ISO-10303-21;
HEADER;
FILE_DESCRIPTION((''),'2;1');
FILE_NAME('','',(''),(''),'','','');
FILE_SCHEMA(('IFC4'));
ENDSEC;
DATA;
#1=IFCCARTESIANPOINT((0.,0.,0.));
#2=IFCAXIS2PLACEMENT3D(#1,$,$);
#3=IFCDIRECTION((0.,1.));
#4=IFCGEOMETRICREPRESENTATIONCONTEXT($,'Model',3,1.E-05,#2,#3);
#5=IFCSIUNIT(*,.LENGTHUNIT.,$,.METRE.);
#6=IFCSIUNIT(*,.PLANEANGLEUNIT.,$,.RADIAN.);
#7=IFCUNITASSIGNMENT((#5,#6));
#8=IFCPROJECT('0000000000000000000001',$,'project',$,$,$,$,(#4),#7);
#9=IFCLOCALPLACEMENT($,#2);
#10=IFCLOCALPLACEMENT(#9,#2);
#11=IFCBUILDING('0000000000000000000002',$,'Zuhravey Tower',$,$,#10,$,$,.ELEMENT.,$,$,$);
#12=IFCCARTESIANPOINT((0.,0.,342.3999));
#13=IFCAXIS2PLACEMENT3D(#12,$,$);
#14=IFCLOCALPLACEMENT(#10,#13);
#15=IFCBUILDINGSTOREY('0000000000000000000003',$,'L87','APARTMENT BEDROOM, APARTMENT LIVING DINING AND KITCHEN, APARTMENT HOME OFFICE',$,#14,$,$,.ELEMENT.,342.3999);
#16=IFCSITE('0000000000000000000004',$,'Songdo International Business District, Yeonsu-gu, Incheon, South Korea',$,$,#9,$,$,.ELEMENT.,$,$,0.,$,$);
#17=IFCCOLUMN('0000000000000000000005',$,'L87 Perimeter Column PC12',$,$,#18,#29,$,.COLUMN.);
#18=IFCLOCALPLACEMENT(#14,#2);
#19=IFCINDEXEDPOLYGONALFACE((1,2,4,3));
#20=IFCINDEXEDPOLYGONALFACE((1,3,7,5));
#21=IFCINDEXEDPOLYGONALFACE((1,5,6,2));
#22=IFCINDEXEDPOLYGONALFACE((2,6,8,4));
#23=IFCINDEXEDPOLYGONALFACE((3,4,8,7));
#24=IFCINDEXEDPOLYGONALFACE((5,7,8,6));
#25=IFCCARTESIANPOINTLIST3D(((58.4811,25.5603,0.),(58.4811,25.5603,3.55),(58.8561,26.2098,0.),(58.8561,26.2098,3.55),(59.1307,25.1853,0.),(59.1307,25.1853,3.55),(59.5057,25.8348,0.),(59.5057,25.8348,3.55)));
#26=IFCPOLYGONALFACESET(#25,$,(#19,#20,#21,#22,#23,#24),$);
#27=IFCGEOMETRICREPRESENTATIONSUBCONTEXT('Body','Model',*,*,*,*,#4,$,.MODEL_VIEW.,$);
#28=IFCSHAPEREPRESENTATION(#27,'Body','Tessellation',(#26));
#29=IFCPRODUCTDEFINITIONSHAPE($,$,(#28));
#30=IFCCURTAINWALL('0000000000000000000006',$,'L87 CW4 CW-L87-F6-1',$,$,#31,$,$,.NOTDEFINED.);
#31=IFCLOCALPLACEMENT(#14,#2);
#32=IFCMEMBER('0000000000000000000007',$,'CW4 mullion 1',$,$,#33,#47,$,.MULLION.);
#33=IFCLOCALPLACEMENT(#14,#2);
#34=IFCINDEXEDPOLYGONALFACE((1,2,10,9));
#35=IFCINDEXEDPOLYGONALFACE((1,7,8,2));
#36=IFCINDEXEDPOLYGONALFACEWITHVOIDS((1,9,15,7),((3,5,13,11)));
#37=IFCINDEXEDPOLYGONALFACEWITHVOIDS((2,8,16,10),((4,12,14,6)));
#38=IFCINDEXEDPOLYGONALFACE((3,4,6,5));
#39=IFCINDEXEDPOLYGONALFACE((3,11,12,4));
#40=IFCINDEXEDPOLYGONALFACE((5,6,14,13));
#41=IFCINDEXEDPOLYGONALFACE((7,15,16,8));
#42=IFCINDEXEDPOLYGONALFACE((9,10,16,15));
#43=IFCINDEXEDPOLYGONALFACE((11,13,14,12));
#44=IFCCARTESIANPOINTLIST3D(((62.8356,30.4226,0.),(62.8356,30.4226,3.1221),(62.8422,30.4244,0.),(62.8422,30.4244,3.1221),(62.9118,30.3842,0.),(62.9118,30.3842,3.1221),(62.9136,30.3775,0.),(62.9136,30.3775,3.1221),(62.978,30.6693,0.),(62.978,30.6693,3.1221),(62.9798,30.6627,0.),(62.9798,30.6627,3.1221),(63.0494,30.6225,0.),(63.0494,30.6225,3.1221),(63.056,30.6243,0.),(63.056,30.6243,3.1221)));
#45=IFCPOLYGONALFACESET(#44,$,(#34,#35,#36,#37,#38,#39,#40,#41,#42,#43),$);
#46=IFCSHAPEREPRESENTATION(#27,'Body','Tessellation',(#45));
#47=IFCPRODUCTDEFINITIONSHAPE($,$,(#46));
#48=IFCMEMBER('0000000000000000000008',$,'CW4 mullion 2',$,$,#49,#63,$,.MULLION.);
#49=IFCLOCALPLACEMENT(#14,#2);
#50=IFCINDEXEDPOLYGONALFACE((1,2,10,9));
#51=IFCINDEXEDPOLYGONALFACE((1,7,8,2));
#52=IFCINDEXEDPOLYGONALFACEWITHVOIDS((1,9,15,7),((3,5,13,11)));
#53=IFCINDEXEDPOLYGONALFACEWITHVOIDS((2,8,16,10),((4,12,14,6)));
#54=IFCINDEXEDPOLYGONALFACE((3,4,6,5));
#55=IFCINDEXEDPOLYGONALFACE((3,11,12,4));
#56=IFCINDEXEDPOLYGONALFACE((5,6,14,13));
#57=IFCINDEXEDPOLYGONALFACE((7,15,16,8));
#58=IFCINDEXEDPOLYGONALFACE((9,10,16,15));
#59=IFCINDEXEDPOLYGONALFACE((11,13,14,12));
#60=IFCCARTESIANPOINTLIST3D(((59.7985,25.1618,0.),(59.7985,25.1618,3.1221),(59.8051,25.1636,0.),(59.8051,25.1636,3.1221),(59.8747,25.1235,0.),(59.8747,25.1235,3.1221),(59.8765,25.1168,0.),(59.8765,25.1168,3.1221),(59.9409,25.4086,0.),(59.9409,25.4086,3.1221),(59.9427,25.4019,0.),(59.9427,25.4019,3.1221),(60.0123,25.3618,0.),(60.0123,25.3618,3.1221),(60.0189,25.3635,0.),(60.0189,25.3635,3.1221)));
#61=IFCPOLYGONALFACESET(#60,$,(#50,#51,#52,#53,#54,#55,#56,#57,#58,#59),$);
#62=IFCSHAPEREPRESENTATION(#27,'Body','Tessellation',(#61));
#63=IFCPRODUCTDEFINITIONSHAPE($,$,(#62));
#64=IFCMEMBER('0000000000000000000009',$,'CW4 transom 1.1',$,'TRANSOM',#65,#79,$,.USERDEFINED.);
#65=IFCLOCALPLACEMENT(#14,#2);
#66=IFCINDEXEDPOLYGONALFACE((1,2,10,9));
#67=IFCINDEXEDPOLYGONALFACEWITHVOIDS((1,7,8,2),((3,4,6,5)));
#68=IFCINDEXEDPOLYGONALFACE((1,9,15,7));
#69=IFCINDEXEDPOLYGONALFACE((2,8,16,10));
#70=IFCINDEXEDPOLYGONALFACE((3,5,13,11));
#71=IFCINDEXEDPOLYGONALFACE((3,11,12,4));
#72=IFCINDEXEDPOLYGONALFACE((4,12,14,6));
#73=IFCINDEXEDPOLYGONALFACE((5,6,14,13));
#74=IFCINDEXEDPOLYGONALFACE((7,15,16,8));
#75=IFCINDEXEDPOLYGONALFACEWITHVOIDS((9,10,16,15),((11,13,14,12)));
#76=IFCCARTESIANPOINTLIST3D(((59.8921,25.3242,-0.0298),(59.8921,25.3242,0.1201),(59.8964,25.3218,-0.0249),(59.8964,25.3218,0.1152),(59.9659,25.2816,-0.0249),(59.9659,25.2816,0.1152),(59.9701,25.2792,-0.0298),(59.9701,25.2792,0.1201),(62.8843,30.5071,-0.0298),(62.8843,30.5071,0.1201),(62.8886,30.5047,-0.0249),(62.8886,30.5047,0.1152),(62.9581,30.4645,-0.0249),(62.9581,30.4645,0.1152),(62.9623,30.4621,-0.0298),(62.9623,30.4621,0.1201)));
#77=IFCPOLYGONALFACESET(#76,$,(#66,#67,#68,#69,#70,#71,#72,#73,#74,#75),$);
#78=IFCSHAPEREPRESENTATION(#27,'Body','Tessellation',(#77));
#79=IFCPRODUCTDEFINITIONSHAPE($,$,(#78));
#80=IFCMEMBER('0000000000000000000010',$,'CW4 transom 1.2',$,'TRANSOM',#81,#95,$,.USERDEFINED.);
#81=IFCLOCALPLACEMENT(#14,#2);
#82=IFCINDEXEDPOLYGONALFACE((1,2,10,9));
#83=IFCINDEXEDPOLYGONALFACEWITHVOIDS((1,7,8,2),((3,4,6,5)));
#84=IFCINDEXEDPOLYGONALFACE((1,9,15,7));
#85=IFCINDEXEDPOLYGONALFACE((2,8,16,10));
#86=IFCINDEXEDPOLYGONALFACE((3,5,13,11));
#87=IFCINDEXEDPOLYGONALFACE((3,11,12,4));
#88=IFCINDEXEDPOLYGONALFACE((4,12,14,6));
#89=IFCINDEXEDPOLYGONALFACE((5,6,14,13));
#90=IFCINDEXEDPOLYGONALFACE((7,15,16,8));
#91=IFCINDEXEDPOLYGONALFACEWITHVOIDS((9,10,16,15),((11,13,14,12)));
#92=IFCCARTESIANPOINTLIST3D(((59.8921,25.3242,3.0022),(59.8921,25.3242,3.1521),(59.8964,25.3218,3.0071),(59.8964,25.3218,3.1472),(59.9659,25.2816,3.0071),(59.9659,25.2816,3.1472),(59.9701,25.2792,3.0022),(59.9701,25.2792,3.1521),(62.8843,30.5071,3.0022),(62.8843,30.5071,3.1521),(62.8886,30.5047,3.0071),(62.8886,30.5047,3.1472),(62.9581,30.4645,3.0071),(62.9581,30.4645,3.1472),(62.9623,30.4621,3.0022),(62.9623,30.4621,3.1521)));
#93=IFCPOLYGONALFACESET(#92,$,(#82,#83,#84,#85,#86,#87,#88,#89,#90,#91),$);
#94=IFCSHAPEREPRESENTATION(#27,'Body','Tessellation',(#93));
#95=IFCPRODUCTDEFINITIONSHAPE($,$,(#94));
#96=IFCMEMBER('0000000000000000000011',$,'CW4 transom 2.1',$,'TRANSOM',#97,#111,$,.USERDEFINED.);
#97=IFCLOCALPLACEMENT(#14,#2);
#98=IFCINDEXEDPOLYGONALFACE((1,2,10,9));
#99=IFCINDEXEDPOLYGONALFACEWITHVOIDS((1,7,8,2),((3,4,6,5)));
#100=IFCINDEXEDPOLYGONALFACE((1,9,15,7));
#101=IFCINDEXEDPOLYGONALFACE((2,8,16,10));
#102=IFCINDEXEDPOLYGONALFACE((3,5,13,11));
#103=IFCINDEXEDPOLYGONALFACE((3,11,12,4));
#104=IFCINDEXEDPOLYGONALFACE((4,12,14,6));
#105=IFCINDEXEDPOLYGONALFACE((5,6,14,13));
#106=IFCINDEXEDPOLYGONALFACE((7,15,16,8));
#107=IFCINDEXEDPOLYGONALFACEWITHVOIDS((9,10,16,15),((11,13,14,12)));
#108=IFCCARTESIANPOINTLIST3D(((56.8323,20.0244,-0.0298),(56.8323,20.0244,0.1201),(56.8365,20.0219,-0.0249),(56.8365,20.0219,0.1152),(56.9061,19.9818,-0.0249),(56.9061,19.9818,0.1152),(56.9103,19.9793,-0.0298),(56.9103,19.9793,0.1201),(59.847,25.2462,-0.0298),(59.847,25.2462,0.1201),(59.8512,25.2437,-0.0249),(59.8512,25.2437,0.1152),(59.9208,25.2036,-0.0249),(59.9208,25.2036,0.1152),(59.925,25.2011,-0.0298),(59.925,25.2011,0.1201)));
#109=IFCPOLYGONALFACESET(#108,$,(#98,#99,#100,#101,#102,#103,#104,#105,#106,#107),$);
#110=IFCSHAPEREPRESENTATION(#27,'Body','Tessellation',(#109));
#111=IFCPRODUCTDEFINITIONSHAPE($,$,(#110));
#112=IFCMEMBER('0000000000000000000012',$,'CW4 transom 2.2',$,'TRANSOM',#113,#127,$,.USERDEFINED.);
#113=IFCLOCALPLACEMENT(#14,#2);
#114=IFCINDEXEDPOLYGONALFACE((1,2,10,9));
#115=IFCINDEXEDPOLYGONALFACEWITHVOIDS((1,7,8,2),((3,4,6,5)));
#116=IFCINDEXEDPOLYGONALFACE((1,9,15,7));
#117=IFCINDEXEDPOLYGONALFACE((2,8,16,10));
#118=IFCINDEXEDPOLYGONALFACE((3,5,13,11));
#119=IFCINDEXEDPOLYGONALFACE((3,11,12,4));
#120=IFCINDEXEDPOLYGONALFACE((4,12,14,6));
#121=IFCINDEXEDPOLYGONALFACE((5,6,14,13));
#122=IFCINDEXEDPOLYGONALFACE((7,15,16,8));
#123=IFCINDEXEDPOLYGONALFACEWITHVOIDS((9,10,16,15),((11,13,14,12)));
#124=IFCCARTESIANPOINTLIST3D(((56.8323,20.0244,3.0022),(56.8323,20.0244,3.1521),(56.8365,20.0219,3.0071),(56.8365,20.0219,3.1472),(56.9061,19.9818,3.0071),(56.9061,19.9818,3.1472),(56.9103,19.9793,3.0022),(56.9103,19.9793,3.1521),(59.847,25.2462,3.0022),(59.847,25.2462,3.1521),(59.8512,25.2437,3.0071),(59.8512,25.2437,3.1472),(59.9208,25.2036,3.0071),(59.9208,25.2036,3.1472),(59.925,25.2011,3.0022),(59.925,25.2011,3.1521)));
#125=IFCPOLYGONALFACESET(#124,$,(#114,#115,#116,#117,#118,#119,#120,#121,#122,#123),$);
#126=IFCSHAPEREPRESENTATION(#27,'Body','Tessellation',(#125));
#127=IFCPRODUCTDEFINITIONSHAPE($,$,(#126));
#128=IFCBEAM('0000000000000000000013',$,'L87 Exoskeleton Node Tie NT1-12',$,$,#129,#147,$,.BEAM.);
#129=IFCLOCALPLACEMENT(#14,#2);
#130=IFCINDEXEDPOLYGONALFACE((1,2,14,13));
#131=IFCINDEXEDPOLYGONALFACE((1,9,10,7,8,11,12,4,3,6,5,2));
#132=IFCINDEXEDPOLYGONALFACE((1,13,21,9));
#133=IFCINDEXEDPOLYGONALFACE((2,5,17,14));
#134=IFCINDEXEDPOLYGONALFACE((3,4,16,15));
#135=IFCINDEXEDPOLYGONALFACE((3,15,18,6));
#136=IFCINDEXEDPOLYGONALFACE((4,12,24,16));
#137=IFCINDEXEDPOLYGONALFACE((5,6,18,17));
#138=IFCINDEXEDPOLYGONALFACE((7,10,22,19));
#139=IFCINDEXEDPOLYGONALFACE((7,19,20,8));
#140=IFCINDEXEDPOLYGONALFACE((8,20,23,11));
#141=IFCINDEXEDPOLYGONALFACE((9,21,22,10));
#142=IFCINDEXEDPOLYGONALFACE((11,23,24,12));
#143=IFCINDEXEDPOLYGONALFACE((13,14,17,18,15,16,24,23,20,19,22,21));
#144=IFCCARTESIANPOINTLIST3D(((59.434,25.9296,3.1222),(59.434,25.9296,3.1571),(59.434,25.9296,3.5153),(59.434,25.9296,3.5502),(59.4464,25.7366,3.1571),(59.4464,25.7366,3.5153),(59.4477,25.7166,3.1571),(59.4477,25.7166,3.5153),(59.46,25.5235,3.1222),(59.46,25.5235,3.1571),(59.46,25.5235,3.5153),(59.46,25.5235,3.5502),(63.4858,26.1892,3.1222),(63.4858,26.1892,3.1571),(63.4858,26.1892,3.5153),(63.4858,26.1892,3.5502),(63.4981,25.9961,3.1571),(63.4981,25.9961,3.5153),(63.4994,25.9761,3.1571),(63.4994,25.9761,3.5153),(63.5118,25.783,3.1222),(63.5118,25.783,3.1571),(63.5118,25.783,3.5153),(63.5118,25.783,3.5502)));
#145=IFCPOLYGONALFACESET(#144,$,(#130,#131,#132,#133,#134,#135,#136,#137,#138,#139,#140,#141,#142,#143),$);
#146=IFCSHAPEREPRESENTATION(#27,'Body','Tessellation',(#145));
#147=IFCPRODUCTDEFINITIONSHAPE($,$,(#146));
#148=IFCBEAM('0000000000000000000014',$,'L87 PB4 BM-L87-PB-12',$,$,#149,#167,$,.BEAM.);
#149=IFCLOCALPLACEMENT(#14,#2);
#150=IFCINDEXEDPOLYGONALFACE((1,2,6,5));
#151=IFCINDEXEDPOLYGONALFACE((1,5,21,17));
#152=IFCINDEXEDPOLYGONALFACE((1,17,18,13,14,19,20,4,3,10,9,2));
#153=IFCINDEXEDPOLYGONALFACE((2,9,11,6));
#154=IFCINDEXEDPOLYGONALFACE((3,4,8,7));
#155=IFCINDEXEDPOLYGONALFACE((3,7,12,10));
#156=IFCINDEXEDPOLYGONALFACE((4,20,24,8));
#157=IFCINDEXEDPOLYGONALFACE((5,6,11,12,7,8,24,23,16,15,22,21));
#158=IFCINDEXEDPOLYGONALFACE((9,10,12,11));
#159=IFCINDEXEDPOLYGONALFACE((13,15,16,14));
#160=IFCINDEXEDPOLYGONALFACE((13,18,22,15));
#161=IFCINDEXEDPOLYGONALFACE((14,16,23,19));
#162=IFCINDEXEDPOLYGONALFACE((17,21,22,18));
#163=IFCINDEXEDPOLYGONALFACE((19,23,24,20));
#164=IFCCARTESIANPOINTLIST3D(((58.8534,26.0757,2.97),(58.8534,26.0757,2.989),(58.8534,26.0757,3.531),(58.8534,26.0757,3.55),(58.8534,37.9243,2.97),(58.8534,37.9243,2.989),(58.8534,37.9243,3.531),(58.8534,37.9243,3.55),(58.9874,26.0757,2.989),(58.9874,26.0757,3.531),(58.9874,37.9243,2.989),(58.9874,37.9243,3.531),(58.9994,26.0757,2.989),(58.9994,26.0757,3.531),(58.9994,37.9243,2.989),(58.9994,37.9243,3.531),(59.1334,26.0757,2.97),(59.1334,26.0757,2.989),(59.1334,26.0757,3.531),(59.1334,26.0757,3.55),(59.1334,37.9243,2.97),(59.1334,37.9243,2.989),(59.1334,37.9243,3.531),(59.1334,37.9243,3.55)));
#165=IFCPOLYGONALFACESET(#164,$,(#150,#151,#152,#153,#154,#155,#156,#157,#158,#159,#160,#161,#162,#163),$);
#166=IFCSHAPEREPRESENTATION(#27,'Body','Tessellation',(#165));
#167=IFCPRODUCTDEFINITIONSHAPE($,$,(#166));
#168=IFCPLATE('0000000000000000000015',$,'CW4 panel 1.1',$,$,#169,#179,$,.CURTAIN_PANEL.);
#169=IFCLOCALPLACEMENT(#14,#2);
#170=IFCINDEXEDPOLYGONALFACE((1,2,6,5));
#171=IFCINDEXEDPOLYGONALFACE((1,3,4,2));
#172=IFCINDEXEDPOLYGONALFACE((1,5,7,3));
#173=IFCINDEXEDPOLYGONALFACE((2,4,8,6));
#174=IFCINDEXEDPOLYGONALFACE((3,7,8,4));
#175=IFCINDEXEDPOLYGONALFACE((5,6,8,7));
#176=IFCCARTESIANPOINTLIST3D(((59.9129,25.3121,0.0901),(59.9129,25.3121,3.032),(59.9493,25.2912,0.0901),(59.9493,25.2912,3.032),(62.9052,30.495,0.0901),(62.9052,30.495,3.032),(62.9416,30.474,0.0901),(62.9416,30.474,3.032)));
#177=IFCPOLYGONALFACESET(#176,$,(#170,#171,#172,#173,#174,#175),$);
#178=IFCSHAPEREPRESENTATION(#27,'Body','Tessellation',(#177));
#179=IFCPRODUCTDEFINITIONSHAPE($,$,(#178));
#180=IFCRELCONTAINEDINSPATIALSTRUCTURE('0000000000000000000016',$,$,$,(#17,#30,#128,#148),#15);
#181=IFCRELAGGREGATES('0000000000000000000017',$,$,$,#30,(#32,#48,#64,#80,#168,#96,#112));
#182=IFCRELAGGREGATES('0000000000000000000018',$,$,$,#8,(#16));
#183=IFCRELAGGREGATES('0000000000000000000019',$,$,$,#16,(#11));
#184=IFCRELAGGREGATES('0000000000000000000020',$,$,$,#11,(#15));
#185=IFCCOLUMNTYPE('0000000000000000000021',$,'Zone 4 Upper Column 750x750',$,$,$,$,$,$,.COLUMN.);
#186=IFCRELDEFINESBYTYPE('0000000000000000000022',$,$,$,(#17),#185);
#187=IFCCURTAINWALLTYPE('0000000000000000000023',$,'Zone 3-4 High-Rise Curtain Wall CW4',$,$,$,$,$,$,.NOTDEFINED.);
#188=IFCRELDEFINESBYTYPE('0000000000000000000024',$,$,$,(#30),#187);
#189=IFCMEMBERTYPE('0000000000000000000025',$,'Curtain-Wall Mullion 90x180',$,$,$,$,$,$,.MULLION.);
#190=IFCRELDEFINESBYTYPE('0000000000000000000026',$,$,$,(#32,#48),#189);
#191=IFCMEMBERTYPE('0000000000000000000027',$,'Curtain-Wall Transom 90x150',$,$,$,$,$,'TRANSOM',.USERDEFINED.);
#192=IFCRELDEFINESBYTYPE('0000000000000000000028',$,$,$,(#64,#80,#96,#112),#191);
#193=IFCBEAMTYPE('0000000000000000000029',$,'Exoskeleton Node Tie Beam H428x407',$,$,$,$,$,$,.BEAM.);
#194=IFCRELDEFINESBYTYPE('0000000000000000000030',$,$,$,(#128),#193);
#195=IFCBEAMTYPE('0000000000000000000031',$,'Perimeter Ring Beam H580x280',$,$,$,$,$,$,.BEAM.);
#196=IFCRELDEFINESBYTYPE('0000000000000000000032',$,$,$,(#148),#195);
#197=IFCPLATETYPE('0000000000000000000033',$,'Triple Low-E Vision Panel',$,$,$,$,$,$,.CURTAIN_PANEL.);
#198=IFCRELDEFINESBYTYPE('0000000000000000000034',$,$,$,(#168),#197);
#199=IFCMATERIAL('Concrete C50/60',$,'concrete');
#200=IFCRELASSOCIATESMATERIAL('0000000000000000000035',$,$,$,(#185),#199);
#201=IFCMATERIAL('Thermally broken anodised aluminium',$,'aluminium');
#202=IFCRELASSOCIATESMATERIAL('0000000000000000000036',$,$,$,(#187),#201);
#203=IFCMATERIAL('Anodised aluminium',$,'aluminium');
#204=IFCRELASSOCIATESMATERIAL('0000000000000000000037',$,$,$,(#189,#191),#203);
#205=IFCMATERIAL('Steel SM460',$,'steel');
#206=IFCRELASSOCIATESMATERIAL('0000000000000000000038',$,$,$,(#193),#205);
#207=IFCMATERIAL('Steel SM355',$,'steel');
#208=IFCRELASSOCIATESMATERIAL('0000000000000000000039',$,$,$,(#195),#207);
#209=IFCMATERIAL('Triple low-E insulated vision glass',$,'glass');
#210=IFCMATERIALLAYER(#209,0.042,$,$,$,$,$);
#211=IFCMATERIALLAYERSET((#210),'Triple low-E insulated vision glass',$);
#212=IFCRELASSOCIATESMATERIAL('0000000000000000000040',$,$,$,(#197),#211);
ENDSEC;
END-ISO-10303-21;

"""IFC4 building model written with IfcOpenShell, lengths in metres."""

from ifc_helpers import new_model, si_unit, direction, frame, origin, origin_2d, place, context, subcontext, project, spatial, rectangle, hollow_rectangle, i_section, extrude, material, layer, layer_set, material_profile, profile_set, type_object, element, aggregate, save


model = new_model("IFC4")

# Units and contexts
model_context = context("Model", 3, precision=1e-05, world=origin(), true_north=direction((0.0, 1.0)))
body_context = subcontext(model_context, "Body", "Model", "MODEL_VIEW")
ifc_project = project(units=[si_unit("LENGTHUNIT", "METRE"), si_unit("PLANEANGLEUNIT", "RADIAN")], contexts=[model_context])

# Site, building, storey
site_placement = place(None, origin())
site = spatial("IfcSite", under=ifc_project, at=site_placement, Name="Songdo International Business District, Yeonsu-gu, Incheon, South Korea", CompositionType="ELEMENT", RefElevation=0.0)
building_placement = place(site_placement, origin())
building = spatial("IfcBuilding", under=site, at=building_placement, Name="Zuhravey Tower", CompositionType="ELEMENT")
storey_placement = place(building_placement, frame((0.0, 0.0, 342.3999)))
storey = spatial("IfcBuildingStorey", under=building, at=storey_placement, Name="L87", Description="APARTMENT BEDROOM, APARTMENT LIVING DINING AND KITCHEN, APARTMENT HOME OFFICE", CompositionType="ELEMENT", Elevation=342.3999)

# Column
ifc_material_1 = material(Name="Concrete C50/60", Category="concrete")
ifc_material_profile_1 = material_profile(ifc_material_1, rectangle(XDim=0.75, YDim=0.75, at=origin_2d()), Name="RC-750x750")
ifc_profile_set_1 = profile_set([ifc_material_profile_1], Name="Concrete C50/60")
column_type = type_object("IfcColumnType", Name="Zone 4 Upper Column 750x750", PredefinedType="COLUMN", material=ifc_profile_set_1)
column_placement = place(storey_placement, frame((58.9934, 25.6975, 0.0), z_axis=(0.0, 0.0, 1.0), x_axis=(0.5, 0.866025, 0.0)))
element("IfcColumn", 1, at=column_placement, inside=storey, type_object=column_type, Name="L87 Perimeter Column PC12", PredefinedType="COLUMN", context=body_context, shape_type="SweptSolid", body=[
    extrude(rectangle(XDim=0.75, YDim=0.75, at=origin_2d()), origin(), (0.0, 0.0, 1.0), 3.55),
])

# Curtain wall, members
ifc_material_2 = material(Name="Thermally broken anodised aluminium", Category="aluminium")
curtain_wall_type = type_object("IfcCurtainWallType", Name="Zone 3-4 High-Rise Curtain Wall CW4", PredefinedType="NOTDEFINED", material=ifc_material_2)
curtain_wall_placement = place(storey_placement, origin())
curtain_wall = element("IfcCurtainWall", 2, at=curtain_wall_placement, inside=storey, type_object=curtain_wall_type, Name="L87 CW4 CW-L87-F6-1", PredefinedType="NOTDEFINED")
ifc_material_3 = material(Name="Anodised aluminium", Category="aluminium")
ifc_material_profile_2 = material_profile(ifc_material_3, hollow_rectangle(XDim=0.0901, YDim=0.2849, WallThickness=0.0049, at=origin_2d()), Name="ALU-RHS-90x285x5")
ifc_profile_set_2 = profile_set([ifc_material_profile_2], Name="Anodised aluminium")
member_type_1 = type_object("IfcMemberType", Name="Curtain-Wall Mullion 90x180", PredefinedType="MULLION", material=ifc_profile_set_2)
member_1_placement = place(storey_placement, frame((62.9458, 30.5234, 0.0), z_axis=(0.0, 0.0, 1.0), x_axis=(0.866026, -0.5, 0.0)))
member_1 = element("IfcMember", 3, at=member_1_placement, type_object=member_type_1, Name="CW4 mullion 1", PredefinedType="MULLION", context=body_context, shape_type="SweptSolid", body=[
    extrude(hollow_rectangle(XDim=0.0901, YDim=0.2849, WallThickness=0.0049, at=origin_2d()), origin(), (0.0, 0.0, 1.0), 3.1221),
])
member_2_placement = place(storey_placement, frame((59.9087, 25.2627, 0.0), z_axis=(0.0, 0.0, 1.0), x_axis=(0.866026, -0.5, 0.0)))
member_2 = element("IfcMember", 4, at=member_2_placement, type_object=member_type_1, Name="CW4 mullion 2", PredefinedType="MULLION", context=body_context, shape_type="SweptSolid", body=[
    extrude(hollow_rectangle(XDim=0.0901, YDim=0.2849, WallThickness=0.0049, at=origin_2d()), origin(), (0.0, 0.0, 1.0), 3.1221),
])
ifc_material_profile_3 = material_profile(ifc_material_3, hollow_rectangle(XDim=0.0901, YDim=0.1499, WallThickness=0.0049, at=origin_2d()), Name="ALU-RHS-90x150x5")
ifc_profile_set_3 = profile_set([ifc_material_profile_3], Name="Anodised aluminium")
member_type_2 = type_object("IfcMemberType", Name="Curtain-Wall Transom 90x150", ElementType="TRANSOM", PredefinedType="USERDEFINED", material=ifc_profile_set_3)
member_3_placement = place(storey_placement, frame((62.9233, 30.4846, 0.0452), z_axis=(-0.499983, -0.866035, 0.0), x_axis=(0.866035, -0.499983, 0.0)))
member_3 = element("IfcMember", 5, at=member_3_placement, type_object=member_type_2, Name="CW4 transom 1.1", ObjectType="TRANSOM", PredefinedType="USERDEFINED", context=body_context, shape_type="SweptSolid", body=[
    extrude(hollow_rectangle(XDim=0.0901, YDim=0.1499, WallThickness=0.0049, at=origin_2d()), origin(), (0.0, 0.0, 1.0), 5.9846),
])
member_4_placement = place(storey_placement, frame((62.9233, 30.4846, 3.0771), z_axis=(-0.499983, -0.866035, 0.0), x_axis=(0.866035, -0.499983, 0.0)))
member_4 = element("IfcMember", 6, at=member_4_placement, type_object=member_type_2, Name="CW4 transom 1.2", ObjectType="TRANSOM", PredefinedType="USERDEFINED", context=body_context, shape_type="SweptSolid", body=[
    extrude(hollow_rectangle(XDim=0.0901, YDim=0.1499, WallThickness=0.0049, at=origin_2d()), origin(), (0.0, 0.0, 1.0), 5.9846),
])
member_5_placement = place(storey_placement, frame((59.886, 25.2236, 0.0452), z_axis=(-0.499989, -0.866032, 0.0), x_axis=(0.866032, -0.499989, 0.0)))
member_5 = element("IfcMember", 7, at=member_5_placement, type_object=member_type_2, Name="CW4 transom 2.1", ObjectType="TRANSOM", PredefinedType="USERDEFINED", context=body_context, shape_type="SweptSolid", body=[
    extrude(hollow_rectangle(XDim=0.0901, YDim=0.1499, WallThickness=0.0049, at=origin_2d()), origin(), (0.0, 0.0, 1.0), 6.0295),
])
member_6_placement = place(storey_placement, frame((59.886, 25.2236, 3.0771), z_axis=(-0.499989, -0.866032, 0.0), x_axis=(0.866032, -0.499989, 0.0)))
member_6 = element("IfcMember", 8, at=member_6_placement, type_object=member_type_2, Name="CW4 transom 2.2", ObjectType="TRANSOM", PredefinedType="USERDEFINED", context=body_context, shape_type="SweptSolid", body=[
    extrude(hollow_rectangle(XDim=0.0901, YDim=0.1499, WallThickness=0.0049, at=origin_2d()), origin(), (0.0, 0.0, 1.0), 6.0295),
])

# Beams
ifc_material_4 = material(Name="Steel SM460", Category="steel")
ifc_material_profile_4 = material_profile(ifc_material_4, i_section(OverallWidth=0.407, OverallDepth=0.428, WebThickness=0.02, FlangeThickness=0.0349, at=origin_2d()), Name="H-428x407x20x35")
ifc_profile_set_4 = profile_set([ifc_material_profile_4], Name="Steel SM460")
beam_type_1 = type_object("IfcBeamType", Name="Exoskeleton Node Tie Beam H428x407", PredefinedType="BEAM", material=ifc_profile_set_4)
beam_1_placement = place(storey_placement, frame((59.447, 25.7266, 3.3362), z_axis=(0.997955, 0.063921, 0.0), x_axis=(-0.063921, 0.997955, 0.0)))
element("IfcBeam", 9, at=beam_1_placement, inside=storey, type_object=beam_type_1, Name="L87 Exoskeleton Node Tie NT1-12", PredefinedType="BEAM", context=body_context, shape_type="SweptSolid", body=[
    extrude(i_section(OverallWidth=0.407, OverallDepth=0.428, WebThickness=0.02, FlangeThickness=0.0349, at=origin_2d()), origin(), (0.0, 0.0, 1.0), 4.0601),
])
ifc_material_5 = material(Name="Steel SM355", Category="steel")
ifc_material_profile_5 = material_profile(ifc_material_5, i_section(OverallWidth=0.28, OverallDepth=0.5801, WebThickness=0.012, FlangeThickness=0.019, at=origin_2d()), Name="H-580x280x12x19")
ifc_profile_set_5 = profile_set([ifc_material_profile_5], Name="Steel SM355")
beam_type_2 = type_object("IfcBeamType", Name="Perimeter Ring Beam H580x280", PredefinedType="BEAM", material=ifc_profile_set_5)
beam_2_placement = place(storey_placement, frame((58.9934, 26.0757, 3.26), z_axis=(0.0, 1.0, 0.0), x_axis=(-1.0, 0.0, 0.0)))
element("IfcBeam", 10, at=beam_2_placement, inside=storey, type_object=beam_type_2, Name="L87 PB4 BM-L87-PB-12", PredefinedType="BEAM", context=body_context, shape_type="SweptSolid", body=[
    extrude(i_section(OverallWidth=0.28, OverallDepth=0.5801, WebThickness=0.012, FlangeThickness=0.019, at=origin_2d()), origin(), (0.0, 0.0, 1.0), 11.8486),
])

# Plate
ifc_material_6 = material(Name="Triple low-E insulated vision glass", Category="glass")
ifc_layer_1 = layer(ifc_material_6, 0.042)
ifc_layer_set_1 = layer_set([ifc_layer_1], Name="Triple low-E insulated vision glass")
plate_type = type_object("IfcPlateType", Name="Triple Low-E Vision Panel", PredefinedType="CURTAIN_PANEL", material=ifc_layer_set_1)
plate_placement = place(storey_placement, frame((61.4272, 27.8931, 0.0901), z_axis=(0.0, 0.0, 1.0), x_axis=(-0.5, -0.866026, 0.0)))
plate = element("IfcPlate", 11, at=plate_placement, type_object=plate_type, Name="CW4 panel 1.1", PredefinedType="CURTAIN_PANEL", context=body_context, shape_type="SweptSolid", body=[
    extrude(rectangle(XDim=5.9846, YDim=0.042, at=origin_2d()), origin(), (0.0, 0.0, 1.0), 2.9419),
])
aggregate(curtain_wall, [member_1, member_2, member_3, member_4, plate, member_5, member_6])

save(model, "model.ifc")
